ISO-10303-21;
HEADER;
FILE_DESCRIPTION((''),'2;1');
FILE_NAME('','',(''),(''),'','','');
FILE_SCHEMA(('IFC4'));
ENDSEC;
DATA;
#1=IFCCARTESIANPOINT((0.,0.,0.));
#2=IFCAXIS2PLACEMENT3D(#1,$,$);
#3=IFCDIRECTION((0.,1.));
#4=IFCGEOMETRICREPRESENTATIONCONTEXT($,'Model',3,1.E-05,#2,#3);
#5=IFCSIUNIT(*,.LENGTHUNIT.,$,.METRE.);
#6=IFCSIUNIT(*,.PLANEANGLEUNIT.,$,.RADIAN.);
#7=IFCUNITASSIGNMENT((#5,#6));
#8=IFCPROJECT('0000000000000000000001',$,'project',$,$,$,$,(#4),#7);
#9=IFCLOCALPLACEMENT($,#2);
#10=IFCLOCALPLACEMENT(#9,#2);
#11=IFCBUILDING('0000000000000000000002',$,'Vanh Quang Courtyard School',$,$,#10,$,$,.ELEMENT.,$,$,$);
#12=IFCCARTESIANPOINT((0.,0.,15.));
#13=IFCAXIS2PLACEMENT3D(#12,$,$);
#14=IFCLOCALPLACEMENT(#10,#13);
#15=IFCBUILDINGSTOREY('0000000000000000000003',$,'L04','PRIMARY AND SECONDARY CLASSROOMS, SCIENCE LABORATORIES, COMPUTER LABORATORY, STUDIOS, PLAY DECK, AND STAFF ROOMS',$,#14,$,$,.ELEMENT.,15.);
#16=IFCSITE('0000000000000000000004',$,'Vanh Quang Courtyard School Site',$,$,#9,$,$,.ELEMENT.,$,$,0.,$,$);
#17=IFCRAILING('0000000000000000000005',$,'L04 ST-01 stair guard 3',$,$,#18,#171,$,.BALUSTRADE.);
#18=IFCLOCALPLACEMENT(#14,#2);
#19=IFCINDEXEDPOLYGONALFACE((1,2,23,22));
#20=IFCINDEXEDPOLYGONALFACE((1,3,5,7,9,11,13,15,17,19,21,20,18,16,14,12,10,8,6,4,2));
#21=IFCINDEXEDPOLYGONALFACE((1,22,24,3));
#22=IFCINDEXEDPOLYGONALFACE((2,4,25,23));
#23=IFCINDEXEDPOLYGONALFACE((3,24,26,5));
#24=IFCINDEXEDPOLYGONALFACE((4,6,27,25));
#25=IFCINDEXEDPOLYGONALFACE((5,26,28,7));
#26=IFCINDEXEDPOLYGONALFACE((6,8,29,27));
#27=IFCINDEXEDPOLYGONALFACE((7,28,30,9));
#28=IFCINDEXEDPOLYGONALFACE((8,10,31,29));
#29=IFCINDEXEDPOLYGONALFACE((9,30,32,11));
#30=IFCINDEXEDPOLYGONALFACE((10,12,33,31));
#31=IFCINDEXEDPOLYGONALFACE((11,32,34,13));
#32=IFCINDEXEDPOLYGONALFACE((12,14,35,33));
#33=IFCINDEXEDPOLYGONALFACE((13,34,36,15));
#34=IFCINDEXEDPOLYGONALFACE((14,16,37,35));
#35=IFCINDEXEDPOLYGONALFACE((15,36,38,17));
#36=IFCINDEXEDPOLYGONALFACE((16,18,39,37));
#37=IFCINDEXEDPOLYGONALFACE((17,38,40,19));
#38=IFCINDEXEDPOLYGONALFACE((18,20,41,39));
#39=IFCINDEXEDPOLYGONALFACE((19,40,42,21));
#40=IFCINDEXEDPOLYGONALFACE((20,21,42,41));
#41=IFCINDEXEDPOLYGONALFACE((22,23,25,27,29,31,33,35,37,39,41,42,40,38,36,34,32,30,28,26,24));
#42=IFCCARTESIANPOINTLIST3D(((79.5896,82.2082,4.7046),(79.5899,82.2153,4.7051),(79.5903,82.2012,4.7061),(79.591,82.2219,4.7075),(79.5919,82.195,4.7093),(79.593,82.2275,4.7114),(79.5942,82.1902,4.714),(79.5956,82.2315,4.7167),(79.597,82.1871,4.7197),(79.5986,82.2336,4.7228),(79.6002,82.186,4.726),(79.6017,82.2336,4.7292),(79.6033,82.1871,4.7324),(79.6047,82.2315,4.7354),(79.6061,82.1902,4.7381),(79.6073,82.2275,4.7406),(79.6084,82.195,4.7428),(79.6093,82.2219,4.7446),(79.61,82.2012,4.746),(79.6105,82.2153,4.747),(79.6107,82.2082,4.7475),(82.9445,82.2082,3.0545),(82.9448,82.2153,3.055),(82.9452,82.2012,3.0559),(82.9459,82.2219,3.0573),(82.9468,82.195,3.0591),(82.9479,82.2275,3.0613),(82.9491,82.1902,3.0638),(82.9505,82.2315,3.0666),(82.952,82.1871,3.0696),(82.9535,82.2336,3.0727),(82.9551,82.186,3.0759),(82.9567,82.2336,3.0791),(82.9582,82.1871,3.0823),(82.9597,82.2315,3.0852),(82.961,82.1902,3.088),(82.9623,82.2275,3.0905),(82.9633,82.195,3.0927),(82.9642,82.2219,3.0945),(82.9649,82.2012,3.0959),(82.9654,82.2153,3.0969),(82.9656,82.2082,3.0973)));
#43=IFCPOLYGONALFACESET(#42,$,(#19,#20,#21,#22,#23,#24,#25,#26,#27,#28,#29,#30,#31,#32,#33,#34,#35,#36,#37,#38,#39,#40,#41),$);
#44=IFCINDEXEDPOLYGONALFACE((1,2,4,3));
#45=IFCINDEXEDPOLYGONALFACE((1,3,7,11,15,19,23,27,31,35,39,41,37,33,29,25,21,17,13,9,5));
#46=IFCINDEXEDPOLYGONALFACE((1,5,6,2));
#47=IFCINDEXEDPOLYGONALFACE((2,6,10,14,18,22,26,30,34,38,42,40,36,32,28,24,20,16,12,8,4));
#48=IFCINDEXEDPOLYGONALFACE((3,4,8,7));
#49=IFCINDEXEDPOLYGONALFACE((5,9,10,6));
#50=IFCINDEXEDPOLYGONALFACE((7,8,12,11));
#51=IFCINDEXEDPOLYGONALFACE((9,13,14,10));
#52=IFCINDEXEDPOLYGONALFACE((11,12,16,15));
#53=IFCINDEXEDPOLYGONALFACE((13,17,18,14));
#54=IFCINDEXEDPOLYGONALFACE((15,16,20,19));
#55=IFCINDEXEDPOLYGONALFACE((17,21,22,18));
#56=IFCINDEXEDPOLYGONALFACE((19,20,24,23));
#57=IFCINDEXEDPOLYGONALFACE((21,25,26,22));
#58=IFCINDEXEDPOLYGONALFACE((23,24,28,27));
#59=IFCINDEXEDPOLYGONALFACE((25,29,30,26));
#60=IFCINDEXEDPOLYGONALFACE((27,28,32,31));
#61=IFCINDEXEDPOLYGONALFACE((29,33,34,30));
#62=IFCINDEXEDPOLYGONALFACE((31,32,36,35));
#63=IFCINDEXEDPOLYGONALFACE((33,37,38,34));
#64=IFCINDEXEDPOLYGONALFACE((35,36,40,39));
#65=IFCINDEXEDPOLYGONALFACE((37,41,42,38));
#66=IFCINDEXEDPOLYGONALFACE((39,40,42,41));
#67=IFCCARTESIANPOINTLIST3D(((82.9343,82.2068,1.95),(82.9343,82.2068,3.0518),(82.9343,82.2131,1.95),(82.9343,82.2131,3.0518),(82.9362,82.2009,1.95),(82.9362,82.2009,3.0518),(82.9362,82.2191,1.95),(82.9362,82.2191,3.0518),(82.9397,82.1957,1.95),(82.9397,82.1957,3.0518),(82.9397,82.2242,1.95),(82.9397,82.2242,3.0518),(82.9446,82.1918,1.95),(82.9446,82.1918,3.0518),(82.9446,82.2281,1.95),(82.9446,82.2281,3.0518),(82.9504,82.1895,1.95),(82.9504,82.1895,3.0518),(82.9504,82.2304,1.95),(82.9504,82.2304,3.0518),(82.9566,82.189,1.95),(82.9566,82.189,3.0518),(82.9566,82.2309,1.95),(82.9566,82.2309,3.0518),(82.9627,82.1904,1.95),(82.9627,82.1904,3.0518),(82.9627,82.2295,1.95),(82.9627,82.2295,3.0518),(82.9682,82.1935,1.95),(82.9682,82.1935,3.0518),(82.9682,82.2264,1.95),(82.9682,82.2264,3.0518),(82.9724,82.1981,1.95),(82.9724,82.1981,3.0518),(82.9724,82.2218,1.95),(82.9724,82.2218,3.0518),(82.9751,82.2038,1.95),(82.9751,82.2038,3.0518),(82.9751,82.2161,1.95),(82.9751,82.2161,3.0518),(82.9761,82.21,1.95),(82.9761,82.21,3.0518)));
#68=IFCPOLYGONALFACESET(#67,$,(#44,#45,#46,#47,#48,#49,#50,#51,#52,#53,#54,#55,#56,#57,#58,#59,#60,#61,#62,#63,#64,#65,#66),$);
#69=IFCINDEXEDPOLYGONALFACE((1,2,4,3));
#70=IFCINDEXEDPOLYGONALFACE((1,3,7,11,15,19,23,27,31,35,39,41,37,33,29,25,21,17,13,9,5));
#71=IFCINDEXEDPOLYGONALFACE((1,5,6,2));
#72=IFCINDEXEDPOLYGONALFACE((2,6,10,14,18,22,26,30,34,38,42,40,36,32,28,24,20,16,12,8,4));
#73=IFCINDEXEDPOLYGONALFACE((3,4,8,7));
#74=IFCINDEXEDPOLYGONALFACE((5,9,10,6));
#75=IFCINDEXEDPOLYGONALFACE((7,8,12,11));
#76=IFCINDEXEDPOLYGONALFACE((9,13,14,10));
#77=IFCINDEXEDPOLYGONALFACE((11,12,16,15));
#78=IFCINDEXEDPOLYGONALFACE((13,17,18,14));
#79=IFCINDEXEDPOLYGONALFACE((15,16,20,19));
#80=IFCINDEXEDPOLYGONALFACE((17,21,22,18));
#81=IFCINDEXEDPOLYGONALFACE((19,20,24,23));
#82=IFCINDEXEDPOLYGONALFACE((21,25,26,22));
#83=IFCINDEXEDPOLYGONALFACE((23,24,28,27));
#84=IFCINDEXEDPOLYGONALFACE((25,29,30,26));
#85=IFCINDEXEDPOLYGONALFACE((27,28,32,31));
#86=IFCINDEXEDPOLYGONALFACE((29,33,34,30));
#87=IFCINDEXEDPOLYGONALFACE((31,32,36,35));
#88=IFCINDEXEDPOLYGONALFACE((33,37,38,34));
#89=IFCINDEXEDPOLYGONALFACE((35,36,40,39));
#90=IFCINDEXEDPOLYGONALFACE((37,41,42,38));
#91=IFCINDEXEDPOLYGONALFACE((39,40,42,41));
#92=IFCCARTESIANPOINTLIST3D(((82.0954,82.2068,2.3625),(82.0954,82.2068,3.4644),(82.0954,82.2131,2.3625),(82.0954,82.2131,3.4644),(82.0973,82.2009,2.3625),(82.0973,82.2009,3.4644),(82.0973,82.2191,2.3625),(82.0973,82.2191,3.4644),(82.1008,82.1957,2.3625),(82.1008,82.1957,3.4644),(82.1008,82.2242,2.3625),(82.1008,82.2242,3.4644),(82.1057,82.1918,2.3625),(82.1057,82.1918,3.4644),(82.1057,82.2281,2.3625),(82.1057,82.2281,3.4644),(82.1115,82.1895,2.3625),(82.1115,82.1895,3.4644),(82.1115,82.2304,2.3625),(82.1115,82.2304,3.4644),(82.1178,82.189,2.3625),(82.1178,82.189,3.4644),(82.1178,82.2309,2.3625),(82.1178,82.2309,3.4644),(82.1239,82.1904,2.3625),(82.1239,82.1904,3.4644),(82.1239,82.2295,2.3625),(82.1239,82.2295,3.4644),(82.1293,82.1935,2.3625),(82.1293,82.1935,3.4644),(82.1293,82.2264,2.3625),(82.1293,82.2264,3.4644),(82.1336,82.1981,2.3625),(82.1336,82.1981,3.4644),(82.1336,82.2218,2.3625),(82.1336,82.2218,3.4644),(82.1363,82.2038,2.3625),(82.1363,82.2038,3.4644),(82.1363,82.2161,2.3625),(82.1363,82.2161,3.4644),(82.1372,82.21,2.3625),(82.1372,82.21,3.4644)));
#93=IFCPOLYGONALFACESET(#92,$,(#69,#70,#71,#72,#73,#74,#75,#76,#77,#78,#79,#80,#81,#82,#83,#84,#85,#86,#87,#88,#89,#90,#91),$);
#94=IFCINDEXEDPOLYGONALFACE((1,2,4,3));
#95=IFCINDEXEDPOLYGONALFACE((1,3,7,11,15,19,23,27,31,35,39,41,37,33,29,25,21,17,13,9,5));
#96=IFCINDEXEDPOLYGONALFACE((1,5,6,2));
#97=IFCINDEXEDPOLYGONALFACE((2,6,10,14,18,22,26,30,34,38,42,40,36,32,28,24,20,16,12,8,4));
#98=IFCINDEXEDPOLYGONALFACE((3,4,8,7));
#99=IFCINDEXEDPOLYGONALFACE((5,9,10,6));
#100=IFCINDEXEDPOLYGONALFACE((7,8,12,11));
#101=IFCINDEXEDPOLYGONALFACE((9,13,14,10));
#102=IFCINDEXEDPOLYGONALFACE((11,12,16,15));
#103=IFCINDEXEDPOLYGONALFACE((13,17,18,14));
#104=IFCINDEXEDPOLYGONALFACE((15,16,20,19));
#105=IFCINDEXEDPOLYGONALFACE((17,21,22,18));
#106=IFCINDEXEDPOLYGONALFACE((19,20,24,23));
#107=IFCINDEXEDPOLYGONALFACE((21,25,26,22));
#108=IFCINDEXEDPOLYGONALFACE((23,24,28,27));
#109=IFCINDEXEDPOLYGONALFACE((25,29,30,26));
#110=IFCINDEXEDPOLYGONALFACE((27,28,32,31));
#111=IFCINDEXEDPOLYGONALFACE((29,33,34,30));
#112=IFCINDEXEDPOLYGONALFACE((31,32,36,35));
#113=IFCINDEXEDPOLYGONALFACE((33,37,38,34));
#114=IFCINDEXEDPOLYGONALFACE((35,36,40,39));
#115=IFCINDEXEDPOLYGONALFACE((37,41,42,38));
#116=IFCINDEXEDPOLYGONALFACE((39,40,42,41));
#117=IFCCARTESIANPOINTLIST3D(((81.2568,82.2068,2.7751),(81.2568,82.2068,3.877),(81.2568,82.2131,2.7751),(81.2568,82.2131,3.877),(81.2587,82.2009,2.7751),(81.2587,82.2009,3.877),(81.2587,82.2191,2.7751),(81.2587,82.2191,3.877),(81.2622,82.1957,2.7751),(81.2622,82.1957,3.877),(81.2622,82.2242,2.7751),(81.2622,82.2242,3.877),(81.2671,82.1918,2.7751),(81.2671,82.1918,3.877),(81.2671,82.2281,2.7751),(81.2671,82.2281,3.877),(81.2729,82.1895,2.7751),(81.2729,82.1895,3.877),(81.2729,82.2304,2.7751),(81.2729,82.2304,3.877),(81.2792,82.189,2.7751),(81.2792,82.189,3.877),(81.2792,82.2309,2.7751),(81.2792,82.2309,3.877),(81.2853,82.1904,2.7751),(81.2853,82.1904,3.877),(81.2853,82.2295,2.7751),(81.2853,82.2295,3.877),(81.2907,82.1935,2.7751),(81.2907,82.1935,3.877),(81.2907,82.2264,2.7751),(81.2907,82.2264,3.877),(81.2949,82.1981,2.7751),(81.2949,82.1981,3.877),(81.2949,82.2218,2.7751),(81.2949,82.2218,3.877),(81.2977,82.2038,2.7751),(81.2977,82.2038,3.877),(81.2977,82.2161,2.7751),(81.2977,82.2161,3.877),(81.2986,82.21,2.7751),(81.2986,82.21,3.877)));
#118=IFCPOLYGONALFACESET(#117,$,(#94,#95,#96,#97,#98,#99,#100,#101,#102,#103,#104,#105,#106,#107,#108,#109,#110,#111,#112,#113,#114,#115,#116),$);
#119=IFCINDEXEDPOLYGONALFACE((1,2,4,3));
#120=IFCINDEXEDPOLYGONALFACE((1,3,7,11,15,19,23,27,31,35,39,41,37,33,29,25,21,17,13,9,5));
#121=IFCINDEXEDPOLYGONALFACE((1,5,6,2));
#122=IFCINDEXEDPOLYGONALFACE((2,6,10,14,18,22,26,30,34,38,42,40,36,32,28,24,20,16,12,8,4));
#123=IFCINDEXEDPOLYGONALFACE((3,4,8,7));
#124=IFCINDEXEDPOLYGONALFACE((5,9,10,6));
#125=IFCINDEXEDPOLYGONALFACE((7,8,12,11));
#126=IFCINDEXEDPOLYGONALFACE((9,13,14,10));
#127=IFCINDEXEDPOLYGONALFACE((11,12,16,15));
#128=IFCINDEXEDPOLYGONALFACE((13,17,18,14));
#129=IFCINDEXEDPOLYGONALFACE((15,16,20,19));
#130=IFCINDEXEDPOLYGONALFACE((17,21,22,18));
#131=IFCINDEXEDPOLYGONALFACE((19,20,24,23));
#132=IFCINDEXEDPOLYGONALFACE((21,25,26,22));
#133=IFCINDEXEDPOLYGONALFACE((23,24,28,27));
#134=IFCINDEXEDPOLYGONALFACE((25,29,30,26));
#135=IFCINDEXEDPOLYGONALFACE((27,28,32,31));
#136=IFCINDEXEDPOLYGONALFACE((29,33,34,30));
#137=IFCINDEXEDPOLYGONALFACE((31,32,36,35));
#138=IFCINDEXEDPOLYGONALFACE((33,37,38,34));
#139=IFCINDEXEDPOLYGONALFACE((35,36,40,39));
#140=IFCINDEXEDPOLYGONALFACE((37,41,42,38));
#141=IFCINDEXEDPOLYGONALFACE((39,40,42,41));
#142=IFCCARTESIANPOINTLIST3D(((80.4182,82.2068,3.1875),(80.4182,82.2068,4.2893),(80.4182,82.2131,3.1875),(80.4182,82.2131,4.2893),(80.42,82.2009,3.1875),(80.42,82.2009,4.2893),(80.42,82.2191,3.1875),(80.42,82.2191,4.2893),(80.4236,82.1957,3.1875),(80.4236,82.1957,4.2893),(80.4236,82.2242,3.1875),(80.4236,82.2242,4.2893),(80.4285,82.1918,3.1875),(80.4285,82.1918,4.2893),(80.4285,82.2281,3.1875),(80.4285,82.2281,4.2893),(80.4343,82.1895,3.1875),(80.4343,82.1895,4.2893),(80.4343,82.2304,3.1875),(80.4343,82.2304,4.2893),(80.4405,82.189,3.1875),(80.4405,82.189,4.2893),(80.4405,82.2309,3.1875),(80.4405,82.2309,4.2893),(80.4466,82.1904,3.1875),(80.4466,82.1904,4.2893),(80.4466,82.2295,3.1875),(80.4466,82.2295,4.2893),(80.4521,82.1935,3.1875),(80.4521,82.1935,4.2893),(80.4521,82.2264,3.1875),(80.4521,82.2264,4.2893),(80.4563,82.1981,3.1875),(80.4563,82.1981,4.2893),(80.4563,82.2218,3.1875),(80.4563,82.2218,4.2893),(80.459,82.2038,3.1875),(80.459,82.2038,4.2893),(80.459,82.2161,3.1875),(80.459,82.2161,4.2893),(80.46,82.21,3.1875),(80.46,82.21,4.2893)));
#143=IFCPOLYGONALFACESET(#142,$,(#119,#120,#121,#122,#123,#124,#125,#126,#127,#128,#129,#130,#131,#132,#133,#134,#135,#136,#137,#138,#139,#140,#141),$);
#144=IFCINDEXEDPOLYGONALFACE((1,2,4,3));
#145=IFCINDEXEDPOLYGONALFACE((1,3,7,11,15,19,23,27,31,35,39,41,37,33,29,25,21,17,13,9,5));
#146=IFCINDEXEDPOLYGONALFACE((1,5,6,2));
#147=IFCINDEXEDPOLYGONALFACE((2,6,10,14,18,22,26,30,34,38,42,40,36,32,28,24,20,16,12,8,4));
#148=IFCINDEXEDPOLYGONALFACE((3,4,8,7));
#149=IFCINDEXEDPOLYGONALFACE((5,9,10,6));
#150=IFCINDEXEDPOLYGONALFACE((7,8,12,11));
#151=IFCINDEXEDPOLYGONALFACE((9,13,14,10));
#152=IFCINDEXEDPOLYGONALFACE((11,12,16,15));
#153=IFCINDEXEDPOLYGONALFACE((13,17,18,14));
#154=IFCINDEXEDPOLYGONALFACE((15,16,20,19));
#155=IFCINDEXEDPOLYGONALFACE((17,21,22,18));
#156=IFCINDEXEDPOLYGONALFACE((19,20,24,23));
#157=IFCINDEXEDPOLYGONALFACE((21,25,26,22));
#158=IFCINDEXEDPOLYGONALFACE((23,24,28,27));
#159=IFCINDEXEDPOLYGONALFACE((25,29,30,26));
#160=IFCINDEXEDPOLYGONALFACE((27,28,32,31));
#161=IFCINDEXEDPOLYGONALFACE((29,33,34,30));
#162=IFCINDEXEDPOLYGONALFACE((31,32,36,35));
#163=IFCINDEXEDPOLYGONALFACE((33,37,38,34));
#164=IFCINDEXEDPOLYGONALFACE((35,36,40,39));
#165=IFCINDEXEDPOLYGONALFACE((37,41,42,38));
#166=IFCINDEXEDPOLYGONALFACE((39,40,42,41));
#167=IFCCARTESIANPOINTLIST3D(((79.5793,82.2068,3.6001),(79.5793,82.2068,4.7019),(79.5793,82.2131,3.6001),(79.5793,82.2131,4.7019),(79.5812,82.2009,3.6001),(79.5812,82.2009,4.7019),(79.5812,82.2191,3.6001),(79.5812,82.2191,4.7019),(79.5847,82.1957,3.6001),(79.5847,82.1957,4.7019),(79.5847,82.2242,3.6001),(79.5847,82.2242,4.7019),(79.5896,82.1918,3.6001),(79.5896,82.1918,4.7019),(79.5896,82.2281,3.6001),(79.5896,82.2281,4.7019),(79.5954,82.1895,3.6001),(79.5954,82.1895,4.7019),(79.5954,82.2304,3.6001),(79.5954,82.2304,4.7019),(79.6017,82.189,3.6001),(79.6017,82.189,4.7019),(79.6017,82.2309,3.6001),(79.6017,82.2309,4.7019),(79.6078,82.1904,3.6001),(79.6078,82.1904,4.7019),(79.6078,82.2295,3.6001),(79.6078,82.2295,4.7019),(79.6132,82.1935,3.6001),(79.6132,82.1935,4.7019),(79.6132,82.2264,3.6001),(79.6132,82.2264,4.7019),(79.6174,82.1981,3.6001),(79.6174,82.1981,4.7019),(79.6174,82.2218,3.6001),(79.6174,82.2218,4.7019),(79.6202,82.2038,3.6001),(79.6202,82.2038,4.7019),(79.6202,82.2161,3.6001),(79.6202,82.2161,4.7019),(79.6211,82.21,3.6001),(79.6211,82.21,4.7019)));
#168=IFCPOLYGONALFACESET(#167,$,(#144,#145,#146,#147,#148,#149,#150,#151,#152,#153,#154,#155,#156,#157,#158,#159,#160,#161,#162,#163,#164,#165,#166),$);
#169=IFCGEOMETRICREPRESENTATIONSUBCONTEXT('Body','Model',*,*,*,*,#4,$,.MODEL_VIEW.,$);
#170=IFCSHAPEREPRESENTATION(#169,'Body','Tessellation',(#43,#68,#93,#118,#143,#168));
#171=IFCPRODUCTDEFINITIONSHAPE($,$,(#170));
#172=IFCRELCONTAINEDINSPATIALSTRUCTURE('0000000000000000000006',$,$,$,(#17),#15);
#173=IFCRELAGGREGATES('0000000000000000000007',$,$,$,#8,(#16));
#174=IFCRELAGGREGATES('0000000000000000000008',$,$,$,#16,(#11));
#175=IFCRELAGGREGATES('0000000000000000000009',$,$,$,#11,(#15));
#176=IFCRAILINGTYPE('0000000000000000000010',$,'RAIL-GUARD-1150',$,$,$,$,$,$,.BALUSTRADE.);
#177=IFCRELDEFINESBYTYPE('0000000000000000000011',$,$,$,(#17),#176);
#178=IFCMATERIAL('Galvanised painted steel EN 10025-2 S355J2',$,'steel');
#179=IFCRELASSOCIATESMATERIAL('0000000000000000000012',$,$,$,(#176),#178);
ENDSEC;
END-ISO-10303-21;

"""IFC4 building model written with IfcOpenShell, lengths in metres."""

from ifc_helpers import new_model, si_unit, direction, frame, origin, origin_2d, place, context, subcontext, project, spatial, circle, extrude, material, type_object, element, save


model = new_model("IFC4")

# Units and contexts
model_context = context("Model", 3, precision=1e-05, world=origin(), true_north=direction((0.0, 1.0)))
body_context = subcontext(model_context, "Body", "Model", "MODEL_VIEW")
ifc_project = project(units=[si_unit("LENGTHUNIT", "METRE"), si_unit("PLANEANGLEUNIT", "RADIAN")], contexts=[model_context])

# Site, building, storey
site_placement = place(None, origin())
site = spatial("IfcSite", under=ifc_project, at=site_placement, Name="Vanh Quang Courtyard School Site", CompositionType="ELEMENT", RefElevation=0.0)
building_placement = place(site_placement, origin())
building = spatial("IfcBuilding", under=site, at=building_placement, Name="Vanh Quang Courtyard School", CompositionType="ELEMENT")
storey_placement = place(building_placement, frame((0.0, 0.0, 15.0)))
storey = spatial("IfcBuildingStorey", under=building, at=storey_placement, Name="L04", Description="PRIMARY AND SECONDARY CLASSROOMS, SCIENCE LABORATORIES, COMPUTER LABORATORY, STUDIOS, PLAY DECK, AND STAFF ROOMS", CompositionType="ELEMENT", Elevation=15.0)

# Railing
ifc_material_1 = material(Name="Galvanised painted steel EN 10025-2 S355J2", Category="steel")
railing_type_1 = type_object("IfcRailingType", Name="RAIL-GUARD-1150", PredefinedType="BALUSTRADE", material=ifc_material_1)
railing_1_placement = place(storey_placement, frame((82.9551, 82.21, 1.95)))
element("IfcRailing", 1, at=railing_1_placement, inside=storey, type_object=railing_type_1, Name="L04 ST-01 stair guard 3", PredefinedType="BALUSTRADE", context=body_context, shape_type="SweptSolid", body=[
    extrude(circle(Radius=0.0239, at=origin_2d()), frame((0.0, 0.0, 1.126), z_axis=(-0.897333, 0.0, 0.441353), x_axis=(0.0, -1.0, 0.0)), (0.0, 0.0, 1.0), 3.7388),
    extrude(circle(Radius=0.021, at=origin_2d()), origin(), (0.0, 0.0, 1.0), 1.1018),
    extrude(circle(Radius=0.021, at=origin_2d()), frame((-0.8389, 0.0, 0.4126)), (0.0, 0.0, 1.0), 1.1018),
    extrude(circle(Radius=0.021, at=origin_2d()), frame((-1.6775, 0.0, 0.8252)), (0.0, 0.0, 1.0), 1.1018),
    extrude(circle(Radius=0.021, at=origin_2d()), frame((-2.5161, 0.0, 1.2375)), (0.0, 0.0, 1.0), 1.1018),
    extrude(circle(Radius=0.021, at=origin_2d()), frame((-3.355, 0.0, 1.6501)), (0.0, 0.0, 1.0), 1.1018),
])

save(model, "model.ifc")
